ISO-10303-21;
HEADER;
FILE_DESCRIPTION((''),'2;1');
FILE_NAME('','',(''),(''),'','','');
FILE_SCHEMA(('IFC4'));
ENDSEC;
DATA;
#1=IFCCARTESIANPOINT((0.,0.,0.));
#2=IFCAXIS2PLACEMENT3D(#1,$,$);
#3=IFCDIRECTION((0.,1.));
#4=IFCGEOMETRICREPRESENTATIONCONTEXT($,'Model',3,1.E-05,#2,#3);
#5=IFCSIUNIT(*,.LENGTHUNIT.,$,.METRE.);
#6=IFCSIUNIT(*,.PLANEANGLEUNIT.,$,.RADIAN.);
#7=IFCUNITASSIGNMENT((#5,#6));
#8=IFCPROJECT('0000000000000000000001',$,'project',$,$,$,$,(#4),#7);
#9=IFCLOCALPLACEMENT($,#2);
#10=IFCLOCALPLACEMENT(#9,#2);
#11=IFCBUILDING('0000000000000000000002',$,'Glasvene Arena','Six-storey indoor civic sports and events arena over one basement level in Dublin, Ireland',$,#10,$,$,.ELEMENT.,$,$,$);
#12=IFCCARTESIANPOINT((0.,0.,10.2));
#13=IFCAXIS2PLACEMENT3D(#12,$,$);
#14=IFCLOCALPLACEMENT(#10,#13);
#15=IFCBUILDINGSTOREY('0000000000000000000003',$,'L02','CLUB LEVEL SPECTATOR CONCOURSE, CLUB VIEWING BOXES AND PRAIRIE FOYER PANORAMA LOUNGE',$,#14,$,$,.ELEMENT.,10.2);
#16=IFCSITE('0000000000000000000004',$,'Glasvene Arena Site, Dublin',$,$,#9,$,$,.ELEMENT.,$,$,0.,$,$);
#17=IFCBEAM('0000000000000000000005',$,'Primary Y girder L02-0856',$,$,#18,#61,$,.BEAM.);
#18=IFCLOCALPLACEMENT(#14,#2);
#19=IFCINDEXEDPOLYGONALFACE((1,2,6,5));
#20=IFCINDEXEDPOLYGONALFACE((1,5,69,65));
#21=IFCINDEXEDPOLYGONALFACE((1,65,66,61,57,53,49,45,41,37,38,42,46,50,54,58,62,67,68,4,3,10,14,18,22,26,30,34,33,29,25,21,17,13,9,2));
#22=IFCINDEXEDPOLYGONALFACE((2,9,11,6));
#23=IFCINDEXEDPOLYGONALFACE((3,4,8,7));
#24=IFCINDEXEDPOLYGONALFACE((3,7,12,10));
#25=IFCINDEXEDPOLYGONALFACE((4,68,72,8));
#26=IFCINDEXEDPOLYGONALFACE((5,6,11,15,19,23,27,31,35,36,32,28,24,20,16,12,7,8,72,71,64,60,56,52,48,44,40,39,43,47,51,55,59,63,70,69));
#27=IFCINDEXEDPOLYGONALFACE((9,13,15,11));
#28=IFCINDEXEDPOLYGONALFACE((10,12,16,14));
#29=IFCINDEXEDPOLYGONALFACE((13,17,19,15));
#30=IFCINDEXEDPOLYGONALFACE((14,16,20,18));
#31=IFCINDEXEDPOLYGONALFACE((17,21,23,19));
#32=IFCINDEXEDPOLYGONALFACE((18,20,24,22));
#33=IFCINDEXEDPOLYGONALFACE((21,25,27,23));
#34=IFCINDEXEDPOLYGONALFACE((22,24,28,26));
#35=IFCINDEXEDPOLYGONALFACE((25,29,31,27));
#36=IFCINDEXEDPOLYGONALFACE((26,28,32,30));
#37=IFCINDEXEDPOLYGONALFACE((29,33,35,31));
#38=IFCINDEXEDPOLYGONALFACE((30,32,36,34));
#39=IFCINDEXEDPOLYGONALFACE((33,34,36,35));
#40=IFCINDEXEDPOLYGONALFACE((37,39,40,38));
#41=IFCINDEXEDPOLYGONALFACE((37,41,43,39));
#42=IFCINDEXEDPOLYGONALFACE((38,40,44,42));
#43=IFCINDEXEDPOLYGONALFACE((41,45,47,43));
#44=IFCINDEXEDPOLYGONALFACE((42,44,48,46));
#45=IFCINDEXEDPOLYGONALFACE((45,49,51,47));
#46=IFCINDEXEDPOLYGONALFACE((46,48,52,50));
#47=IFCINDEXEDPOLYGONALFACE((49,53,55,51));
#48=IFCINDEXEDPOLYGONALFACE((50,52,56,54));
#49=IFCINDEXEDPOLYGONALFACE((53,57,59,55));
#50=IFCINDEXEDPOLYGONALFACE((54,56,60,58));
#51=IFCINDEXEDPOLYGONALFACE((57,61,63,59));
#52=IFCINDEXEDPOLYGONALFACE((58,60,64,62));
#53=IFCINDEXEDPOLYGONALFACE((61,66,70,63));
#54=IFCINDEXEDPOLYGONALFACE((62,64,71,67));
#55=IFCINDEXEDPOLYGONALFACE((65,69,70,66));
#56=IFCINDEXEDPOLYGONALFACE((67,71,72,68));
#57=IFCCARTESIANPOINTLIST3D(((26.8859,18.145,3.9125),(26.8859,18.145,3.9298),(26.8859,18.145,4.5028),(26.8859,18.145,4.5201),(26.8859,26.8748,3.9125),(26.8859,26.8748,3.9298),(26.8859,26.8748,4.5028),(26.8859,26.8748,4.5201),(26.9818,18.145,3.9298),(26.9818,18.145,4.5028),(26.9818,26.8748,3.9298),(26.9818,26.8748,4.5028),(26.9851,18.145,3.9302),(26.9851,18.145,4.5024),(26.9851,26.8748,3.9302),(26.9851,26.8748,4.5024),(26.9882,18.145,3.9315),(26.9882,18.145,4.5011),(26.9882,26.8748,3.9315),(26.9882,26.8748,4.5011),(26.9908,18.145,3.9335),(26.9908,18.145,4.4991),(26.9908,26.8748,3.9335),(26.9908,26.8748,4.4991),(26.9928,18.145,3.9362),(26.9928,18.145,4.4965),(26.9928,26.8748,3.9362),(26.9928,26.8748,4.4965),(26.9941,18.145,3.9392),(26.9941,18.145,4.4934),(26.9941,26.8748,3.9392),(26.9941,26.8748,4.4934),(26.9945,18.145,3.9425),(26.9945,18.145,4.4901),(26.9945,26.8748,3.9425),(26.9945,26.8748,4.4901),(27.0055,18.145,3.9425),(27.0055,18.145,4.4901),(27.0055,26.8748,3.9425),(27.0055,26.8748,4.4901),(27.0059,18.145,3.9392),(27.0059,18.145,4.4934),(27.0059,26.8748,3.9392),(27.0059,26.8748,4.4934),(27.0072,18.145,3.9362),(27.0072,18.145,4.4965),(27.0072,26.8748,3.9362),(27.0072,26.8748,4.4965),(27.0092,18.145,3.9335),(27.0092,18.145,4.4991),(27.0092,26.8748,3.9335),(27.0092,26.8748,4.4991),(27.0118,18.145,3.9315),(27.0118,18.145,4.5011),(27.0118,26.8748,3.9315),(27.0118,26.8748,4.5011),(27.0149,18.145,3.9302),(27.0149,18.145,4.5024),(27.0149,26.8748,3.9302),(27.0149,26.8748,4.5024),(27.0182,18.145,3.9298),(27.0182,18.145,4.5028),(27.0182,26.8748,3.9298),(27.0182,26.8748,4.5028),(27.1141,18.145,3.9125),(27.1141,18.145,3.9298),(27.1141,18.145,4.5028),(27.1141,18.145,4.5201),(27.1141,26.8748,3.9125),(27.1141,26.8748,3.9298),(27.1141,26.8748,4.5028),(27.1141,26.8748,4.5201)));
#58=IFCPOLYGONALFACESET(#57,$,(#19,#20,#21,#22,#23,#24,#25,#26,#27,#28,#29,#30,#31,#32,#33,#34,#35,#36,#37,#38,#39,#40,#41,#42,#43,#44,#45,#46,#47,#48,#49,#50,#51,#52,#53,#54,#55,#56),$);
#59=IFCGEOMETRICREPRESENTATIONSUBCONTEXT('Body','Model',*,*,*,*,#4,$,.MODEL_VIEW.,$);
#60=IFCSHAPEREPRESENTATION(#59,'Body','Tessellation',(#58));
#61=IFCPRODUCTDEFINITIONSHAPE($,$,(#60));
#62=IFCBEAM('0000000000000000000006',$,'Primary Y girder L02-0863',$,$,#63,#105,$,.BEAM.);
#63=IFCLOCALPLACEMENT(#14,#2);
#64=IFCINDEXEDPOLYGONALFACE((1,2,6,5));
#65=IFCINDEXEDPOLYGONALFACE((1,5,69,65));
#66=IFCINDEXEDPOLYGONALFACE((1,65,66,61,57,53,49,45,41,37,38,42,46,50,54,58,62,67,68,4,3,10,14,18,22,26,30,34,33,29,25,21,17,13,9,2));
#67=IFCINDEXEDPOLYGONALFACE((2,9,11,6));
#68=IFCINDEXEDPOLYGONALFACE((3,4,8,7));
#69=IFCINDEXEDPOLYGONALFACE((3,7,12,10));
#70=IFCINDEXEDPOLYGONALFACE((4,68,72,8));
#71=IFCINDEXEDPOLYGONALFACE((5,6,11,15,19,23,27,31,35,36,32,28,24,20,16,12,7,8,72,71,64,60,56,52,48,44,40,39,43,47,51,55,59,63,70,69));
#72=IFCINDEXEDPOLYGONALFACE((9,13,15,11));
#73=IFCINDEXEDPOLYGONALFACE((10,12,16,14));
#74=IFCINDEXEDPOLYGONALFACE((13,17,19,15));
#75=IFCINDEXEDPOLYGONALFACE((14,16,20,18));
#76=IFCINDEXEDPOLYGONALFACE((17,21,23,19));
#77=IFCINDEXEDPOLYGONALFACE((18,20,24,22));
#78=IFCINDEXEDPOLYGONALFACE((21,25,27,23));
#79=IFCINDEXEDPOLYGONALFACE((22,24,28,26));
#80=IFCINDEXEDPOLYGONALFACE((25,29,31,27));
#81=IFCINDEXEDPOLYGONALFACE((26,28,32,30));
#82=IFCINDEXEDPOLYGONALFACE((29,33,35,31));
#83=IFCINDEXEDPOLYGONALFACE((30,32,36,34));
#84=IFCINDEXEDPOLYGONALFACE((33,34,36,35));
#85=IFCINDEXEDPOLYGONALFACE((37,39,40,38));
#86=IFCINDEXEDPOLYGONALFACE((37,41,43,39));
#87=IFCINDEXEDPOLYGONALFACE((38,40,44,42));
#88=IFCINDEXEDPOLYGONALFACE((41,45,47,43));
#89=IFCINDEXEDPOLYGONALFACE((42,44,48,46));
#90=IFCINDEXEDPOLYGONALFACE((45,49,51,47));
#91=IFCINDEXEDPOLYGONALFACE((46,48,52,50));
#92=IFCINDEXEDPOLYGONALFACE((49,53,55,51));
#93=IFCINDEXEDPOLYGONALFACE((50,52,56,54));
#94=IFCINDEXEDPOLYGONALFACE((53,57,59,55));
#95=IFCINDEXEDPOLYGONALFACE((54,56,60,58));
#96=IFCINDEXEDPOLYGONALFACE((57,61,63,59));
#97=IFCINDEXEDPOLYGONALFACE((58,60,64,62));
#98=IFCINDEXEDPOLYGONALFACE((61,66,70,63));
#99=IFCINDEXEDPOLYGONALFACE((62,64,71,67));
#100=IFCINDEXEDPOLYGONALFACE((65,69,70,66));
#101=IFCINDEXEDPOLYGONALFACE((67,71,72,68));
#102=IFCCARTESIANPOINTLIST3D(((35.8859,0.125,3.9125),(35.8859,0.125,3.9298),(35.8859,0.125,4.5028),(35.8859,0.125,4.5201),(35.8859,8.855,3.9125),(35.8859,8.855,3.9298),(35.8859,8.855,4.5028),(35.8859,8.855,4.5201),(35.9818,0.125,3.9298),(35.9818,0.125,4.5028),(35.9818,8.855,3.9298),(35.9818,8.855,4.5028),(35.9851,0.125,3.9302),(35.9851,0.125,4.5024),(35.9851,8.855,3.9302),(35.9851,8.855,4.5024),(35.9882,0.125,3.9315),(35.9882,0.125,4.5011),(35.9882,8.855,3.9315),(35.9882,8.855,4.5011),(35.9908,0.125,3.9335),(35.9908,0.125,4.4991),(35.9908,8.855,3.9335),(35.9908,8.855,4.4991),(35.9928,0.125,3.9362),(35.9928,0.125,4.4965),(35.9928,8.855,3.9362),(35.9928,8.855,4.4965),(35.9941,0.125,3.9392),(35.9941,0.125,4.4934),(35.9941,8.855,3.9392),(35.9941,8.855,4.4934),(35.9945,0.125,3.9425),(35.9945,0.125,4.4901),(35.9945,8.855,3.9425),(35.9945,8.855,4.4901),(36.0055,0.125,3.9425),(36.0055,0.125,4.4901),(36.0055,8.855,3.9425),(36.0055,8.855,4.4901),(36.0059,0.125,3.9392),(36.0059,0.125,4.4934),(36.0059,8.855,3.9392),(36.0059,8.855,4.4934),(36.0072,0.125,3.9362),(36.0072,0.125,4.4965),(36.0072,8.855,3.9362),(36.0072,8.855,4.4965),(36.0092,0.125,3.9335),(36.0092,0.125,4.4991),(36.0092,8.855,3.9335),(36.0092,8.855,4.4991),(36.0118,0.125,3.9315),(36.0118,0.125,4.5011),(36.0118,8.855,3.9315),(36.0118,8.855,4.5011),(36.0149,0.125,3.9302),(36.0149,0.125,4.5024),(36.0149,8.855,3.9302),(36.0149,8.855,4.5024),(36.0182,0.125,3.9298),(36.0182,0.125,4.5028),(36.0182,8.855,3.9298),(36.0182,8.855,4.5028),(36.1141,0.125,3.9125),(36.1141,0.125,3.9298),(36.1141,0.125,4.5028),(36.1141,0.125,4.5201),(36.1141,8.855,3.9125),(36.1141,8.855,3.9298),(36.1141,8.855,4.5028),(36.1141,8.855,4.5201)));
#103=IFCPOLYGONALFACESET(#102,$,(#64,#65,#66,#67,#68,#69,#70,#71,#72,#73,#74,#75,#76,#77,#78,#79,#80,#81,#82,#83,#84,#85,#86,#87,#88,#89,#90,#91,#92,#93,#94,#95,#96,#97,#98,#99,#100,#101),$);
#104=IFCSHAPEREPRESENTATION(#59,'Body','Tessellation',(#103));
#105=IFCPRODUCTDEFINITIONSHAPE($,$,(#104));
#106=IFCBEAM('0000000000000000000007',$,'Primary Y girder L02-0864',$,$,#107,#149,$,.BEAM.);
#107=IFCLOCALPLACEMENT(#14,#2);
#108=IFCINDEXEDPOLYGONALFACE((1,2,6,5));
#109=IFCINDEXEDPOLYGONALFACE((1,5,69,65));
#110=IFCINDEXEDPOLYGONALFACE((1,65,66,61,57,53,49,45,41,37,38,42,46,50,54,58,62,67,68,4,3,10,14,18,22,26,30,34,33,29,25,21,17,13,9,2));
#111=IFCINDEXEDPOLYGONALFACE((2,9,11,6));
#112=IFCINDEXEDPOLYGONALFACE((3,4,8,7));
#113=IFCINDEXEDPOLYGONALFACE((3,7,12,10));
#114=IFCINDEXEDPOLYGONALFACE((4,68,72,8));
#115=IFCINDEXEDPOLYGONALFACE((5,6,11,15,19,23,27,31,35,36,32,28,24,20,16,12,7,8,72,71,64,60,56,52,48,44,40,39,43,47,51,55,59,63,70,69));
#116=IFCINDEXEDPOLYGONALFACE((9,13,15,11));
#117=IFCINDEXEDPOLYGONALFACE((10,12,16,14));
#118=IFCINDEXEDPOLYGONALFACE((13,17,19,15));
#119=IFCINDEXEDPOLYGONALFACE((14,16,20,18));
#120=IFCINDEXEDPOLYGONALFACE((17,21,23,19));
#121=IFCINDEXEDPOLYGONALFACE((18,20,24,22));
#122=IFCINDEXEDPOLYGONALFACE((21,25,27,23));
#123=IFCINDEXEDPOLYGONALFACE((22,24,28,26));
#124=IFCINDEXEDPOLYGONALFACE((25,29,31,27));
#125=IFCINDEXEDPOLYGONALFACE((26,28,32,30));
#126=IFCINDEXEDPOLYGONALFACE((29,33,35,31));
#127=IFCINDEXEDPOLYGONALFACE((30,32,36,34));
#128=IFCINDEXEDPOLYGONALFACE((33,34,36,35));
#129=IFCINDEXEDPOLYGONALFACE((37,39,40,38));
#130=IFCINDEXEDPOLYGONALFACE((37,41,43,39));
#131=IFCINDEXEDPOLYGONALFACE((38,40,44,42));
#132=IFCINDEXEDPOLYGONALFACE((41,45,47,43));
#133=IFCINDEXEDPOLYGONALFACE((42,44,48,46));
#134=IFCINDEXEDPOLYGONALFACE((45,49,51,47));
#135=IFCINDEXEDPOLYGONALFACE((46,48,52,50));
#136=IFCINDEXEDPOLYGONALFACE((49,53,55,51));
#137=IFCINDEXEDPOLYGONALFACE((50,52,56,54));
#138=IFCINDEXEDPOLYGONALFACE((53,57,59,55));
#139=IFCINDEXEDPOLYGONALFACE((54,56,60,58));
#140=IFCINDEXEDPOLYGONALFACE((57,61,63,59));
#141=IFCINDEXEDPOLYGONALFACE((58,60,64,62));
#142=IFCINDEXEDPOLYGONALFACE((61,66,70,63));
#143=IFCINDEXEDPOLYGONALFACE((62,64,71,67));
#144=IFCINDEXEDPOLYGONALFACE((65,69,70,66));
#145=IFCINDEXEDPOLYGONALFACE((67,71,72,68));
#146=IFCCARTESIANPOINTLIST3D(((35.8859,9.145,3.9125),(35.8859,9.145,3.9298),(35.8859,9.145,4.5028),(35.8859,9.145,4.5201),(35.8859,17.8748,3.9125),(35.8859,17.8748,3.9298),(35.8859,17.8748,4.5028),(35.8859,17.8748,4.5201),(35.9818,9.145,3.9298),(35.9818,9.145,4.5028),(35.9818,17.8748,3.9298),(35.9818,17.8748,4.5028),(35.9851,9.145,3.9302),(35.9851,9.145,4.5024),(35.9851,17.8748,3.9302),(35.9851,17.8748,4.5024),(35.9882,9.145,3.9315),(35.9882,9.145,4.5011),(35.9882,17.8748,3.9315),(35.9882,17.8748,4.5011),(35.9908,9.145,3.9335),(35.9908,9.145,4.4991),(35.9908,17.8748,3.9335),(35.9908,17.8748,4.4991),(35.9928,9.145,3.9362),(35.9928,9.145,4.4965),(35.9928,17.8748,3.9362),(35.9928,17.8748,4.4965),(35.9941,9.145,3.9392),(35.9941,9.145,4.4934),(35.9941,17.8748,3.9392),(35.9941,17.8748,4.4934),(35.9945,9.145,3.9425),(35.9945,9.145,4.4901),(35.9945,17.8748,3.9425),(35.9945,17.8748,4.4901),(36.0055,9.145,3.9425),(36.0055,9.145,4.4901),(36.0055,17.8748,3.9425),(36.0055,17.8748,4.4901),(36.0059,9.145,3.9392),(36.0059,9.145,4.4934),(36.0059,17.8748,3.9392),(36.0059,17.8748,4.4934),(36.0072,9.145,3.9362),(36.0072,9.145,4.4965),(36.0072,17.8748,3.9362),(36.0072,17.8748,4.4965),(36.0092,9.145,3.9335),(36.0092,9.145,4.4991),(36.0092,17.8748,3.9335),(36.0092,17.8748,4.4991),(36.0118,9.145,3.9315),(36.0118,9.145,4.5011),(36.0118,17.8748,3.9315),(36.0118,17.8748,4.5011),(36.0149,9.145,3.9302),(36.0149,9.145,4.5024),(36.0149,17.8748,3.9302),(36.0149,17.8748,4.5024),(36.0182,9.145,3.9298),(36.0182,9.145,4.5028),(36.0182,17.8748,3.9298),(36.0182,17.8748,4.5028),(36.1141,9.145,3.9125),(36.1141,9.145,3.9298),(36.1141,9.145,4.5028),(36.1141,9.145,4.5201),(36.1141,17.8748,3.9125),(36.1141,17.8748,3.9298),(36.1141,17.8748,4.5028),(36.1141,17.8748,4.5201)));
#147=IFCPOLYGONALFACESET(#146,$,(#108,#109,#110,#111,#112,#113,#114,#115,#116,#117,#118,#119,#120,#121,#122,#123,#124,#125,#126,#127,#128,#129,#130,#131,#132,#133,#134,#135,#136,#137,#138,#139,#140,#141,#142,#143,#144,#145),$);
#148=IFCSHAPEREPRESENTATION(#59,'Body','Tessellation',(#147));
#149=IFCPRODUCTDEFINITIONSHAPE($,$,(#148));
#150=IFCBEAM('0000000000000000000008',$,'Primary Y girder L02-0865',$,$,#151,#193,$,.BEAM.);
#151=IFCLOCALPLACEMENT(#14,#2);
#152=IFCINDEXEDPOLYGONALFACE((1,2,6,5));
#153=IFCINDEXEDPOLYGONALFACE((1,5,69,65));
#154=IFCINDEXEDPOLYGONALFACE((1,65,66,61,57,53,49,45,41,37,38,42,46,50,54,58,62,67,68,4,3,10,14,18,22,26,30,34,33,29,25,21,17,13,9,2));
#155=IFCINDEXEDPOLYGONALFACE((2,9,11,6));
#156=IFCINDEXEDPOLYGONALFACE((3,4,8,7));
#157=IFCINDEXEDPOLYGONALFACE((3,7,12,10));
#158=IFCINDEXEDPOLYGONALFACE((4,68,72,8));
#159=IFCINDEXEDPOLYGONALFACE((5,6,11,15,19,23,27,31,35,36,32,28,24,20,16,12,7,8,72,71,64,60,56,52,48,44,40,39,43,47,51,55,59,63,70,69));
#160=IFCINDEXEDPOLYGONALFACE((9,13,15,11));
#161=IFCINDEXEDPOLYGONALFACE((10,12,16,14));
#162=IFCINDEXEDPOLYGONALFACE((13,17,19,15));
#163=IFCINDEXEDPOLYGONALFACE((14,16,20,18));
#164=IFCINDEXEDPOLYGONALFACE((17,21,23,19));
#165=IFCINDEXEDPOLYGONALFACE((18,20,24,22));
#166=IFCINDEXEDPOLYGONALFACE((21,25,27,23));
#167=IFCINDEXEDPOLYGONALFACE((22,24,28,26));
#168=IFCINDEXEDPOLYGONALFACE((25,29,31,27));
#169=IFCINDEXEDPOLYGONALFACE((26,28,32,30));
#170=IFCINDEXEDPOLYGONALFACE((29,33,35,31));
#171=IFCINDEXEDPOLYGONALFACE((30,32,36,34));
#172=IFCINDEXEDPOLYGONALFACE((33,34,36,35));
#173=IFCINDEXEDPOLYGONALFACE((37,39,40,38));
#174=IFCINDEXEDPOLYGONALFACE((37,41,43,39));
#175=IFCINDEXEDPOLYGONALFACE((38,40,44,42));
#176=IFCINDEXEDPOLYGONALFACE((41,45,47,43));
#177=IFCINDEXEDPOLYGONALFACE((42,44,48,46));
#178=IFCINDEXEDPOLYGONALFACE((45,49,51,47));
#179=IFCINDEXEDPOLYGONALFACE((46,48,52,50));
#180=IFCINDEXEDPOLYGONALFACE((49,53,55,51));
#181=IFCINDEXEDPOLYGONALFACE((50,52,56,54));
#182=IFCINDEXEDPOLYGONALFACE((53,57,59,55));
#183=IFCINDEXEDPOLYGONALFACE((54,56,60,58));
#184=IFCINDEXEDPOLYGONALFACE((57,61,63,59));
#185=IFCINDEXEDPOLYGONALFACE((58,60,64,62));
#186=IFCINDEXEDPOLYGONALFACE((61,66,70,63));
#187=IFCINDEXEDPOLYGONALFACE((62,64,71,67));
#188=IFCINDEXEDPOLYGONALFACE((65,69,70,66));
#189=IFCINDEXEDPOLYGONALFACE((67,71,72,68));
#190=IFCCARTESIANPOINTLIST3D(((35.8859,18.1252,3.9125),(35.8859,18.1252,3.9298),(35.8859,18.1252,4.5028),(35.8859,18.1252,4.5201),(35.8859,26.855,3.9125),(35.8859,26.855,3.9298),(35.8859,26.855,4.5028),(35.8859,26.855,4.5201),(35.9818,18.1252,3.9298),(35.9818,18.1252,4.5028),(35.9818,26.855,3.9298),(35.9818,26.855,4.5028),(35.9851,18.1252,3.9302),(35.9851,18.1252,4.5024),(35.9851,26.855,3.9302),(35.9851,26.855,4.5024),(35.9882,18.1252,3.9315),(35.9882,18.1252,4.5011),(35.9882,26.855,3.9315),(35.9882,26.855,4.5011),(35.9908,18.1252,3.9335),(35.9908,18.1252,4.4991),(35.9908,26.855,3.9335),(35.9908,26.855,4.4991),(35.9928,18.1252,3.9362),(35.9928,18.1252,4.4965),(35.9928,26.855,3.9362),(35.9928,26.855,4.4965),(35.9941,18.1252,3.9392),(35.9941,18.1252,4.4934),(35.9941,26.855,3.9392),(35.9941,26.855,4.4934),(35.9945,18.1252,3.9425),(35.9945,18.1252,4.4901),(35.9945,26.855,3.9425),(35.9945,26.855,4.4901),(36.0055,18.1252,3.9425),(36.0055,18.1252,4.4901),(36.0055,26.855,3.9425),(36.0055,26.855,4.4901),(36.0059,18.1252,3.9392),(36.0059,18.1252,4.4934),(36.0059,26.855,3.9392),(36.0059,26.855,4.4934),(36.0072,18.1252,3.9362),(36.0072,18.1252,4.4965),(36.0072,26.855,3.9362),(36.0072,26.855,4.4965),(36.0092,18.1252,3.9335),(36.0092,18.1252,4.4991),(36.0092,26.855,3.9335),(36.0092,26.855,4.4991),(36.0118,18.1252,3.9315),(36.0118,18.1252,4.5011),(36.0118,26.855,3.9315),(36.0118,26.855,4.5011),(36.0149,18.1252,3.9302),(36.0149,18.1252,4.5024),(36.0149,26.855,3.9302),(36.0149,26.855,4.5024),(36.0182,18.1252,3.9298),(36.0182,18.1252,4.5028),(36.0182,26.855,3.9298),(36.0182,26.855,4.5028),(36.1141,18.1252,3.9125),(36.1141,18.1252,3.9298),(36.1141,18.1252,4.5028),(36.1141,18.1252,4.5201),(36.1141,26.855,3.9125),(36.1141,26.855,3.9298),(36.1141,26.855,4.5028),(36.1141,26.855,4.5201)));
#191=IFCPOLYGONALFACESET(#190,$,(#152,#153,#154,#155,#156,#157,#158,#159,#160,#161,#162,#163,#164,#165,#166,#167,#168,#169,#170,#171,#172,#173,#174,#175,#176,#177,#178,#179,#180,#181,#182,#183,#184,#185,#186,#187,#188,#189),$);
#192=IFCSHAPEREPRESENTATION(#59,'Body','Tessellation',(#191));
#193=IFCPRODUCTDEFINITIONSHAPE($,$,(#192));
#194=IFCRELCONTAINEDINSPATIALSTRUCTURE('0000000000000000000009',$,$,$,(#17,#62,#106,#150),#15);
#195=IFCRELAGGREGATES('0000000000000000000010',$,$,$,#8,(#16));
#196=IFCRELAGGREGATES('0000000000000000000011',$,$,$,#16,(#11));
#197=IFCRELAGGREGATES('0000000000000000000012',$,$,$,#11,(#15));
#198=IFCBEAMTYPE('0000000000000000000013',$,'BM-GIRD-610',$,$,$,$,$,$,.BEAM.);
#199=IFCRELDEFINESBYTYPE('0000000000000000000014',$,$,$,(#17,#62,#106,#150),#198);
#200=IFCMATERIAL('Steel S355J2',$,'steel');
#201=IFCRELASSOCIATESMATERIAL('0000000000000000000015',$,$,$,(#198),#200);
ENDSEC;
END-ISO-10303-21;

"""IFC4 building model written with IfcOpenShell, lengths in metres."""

from ifc_helpers import new_model, si_unit, direction, frame, origin, origin_2d, place, context, subcontext, project, spatial, i_section, extrude, material, material_profile, profile_set, type_object, element, save


model = new_model("IFC4")

# Units and contexts
model_context = context("Model", 3, precision=1e-05, world=origin(), true_north=direction((0.0, 1.0)))
body_context = subcontext(model_context, "Body", "Model", "MODEL_VIEW")
ifc_project = project(units=[si_unit("LENGTHUNIT", "METRE"), si_unit("PLANEANGLEUNIT", "RADIAN")], contexts=[model_context])

# Site, building, storey
site_placement = place(None, origin())
site = spatial("IfcSite", under=ifc_project, at=site_placement, Name="Glasvene Arena Site, Dublin", CompositionType="ELEMENT", RefElevation=0.0)
building_placement = place(site_placement, origin())
building = spatial("IfcBuilding", under=site, at=building_placement, Name="Glasvene Arena", Description="Six-storey indoor civic sports and events arena over one basement level in Dublin, Ireland", CompositionType="ELEMENT")
storey_placement = place(building_placement, frame((0.0, 0.0, 10.2)))
storey = spatial("IfcBuildingStorey", under=building, at=storey_placement, Name="L02", Description="CLUB LEVEL SPECTATOR CONCOURSE, CLUB VIEWING BOXES AND PRAIRIE FOYER PANORAMA LOUNGE", CompositionType="ELEMENT", Elevation=10.2)

# Shared definitions
ifc_material_1 = material(Name="Steel S355J2", Category="steel")

# Beams
ifc_material_profile_1 = material_profile(ifc_material_1, i_section(OverallWidth=0.2283, OverallDepth=0.6077, WebThickness=0.011, FlangeThickness=0.0173, FilletRadius=0.0127, at=origin_2d()), Name="UKB 610x229x113")
ifc_profile_set_1 = profile_set([ifc_material_profile_1], Name="Steel S355J2")
beam_type_1 = type_object("IfcBeamType", Name="BM-GIRD-610", PredefinedType="BEAM", material=ifc_profile_set_1)
beam_1_placement = place(storey_placement, frame((27.0, 18.145, 4.2163), z_axis=(0.0, 1.0, 0.0), x_axis=(-1.0, 0.0, 0.0)))
element("IfcBeam", 1, at=beam_1_placement, inside=storey, type_object=beam_type_1, Name="Primary Y girder L02-0856", PredefinedType="BEAM", context=body_context, shape_type="SweptSolid", body=[
    extrude(i_section(OverallWidth=0.2283, OverallDepth=0.6077, WebThickness=0.011, FlangeThickness=0.0173, FilletRadius=0.0127, at=origin_2d()), origin(), (0.0, 0.0, 1.0), 8.7297),
])
beam_2_placement = place(storey_placement, frame((36.0, 0.125, 4.2163), z_axis=(0.0, 1.0, 0.0), x_axis=(-1.0, 0.0, 0.0)))
element("IfcBeam", 2, at=beam_2_placement, inside=storey, type_object=beam_type_1, Name="Primary Y girder L02-0863", PredefinedType="BEAM", context=body_context, shape_type="SweptSolid", body=[
    extrude(i_section(OverallWidth=0.2283, OverallDepth=0.6077, WebThickness=0.011, FlangeThickness=0.0173, FilletRadius=0.0127, at=origin_2d()), origin(), (0.0, 0.0, 1.0), 8.73),
])
for number, where, z_axis, x_axis, name in (
    (3, (36.0, 9.145, 4.2163), (0.0, 1.0, 0.0), (-1.0, 0.0, 0.0), "Primary Y girder L02-0864"),
    (4, (36.0, 18.1252, 4.2163), (0.0, 1.0, 0.0), (-1.0, 0.0, 0.0), "Primary Y girder L02-0865"),
):
    element("IfcBeam", number, at=place(storey_placement, frame(where, z_axis=z_axis, x_axis=x_axis)), inside=storey, type_object=beam_type_1, Name=name, PredefinedType="BEAM", context=body_context, shape_type="SweptSolid", body=[
        extrude(i_section(OverallWidth=0.2283, OverallDepth=0.6077, WebThickness=0.011, FlangeThickness=0.0173, FilletRadius=0.0127, at=origin_2d()), origin(), (0.0, 0.0, 1.0), 8.7297),
    ])

save(model, "model.ifc")
